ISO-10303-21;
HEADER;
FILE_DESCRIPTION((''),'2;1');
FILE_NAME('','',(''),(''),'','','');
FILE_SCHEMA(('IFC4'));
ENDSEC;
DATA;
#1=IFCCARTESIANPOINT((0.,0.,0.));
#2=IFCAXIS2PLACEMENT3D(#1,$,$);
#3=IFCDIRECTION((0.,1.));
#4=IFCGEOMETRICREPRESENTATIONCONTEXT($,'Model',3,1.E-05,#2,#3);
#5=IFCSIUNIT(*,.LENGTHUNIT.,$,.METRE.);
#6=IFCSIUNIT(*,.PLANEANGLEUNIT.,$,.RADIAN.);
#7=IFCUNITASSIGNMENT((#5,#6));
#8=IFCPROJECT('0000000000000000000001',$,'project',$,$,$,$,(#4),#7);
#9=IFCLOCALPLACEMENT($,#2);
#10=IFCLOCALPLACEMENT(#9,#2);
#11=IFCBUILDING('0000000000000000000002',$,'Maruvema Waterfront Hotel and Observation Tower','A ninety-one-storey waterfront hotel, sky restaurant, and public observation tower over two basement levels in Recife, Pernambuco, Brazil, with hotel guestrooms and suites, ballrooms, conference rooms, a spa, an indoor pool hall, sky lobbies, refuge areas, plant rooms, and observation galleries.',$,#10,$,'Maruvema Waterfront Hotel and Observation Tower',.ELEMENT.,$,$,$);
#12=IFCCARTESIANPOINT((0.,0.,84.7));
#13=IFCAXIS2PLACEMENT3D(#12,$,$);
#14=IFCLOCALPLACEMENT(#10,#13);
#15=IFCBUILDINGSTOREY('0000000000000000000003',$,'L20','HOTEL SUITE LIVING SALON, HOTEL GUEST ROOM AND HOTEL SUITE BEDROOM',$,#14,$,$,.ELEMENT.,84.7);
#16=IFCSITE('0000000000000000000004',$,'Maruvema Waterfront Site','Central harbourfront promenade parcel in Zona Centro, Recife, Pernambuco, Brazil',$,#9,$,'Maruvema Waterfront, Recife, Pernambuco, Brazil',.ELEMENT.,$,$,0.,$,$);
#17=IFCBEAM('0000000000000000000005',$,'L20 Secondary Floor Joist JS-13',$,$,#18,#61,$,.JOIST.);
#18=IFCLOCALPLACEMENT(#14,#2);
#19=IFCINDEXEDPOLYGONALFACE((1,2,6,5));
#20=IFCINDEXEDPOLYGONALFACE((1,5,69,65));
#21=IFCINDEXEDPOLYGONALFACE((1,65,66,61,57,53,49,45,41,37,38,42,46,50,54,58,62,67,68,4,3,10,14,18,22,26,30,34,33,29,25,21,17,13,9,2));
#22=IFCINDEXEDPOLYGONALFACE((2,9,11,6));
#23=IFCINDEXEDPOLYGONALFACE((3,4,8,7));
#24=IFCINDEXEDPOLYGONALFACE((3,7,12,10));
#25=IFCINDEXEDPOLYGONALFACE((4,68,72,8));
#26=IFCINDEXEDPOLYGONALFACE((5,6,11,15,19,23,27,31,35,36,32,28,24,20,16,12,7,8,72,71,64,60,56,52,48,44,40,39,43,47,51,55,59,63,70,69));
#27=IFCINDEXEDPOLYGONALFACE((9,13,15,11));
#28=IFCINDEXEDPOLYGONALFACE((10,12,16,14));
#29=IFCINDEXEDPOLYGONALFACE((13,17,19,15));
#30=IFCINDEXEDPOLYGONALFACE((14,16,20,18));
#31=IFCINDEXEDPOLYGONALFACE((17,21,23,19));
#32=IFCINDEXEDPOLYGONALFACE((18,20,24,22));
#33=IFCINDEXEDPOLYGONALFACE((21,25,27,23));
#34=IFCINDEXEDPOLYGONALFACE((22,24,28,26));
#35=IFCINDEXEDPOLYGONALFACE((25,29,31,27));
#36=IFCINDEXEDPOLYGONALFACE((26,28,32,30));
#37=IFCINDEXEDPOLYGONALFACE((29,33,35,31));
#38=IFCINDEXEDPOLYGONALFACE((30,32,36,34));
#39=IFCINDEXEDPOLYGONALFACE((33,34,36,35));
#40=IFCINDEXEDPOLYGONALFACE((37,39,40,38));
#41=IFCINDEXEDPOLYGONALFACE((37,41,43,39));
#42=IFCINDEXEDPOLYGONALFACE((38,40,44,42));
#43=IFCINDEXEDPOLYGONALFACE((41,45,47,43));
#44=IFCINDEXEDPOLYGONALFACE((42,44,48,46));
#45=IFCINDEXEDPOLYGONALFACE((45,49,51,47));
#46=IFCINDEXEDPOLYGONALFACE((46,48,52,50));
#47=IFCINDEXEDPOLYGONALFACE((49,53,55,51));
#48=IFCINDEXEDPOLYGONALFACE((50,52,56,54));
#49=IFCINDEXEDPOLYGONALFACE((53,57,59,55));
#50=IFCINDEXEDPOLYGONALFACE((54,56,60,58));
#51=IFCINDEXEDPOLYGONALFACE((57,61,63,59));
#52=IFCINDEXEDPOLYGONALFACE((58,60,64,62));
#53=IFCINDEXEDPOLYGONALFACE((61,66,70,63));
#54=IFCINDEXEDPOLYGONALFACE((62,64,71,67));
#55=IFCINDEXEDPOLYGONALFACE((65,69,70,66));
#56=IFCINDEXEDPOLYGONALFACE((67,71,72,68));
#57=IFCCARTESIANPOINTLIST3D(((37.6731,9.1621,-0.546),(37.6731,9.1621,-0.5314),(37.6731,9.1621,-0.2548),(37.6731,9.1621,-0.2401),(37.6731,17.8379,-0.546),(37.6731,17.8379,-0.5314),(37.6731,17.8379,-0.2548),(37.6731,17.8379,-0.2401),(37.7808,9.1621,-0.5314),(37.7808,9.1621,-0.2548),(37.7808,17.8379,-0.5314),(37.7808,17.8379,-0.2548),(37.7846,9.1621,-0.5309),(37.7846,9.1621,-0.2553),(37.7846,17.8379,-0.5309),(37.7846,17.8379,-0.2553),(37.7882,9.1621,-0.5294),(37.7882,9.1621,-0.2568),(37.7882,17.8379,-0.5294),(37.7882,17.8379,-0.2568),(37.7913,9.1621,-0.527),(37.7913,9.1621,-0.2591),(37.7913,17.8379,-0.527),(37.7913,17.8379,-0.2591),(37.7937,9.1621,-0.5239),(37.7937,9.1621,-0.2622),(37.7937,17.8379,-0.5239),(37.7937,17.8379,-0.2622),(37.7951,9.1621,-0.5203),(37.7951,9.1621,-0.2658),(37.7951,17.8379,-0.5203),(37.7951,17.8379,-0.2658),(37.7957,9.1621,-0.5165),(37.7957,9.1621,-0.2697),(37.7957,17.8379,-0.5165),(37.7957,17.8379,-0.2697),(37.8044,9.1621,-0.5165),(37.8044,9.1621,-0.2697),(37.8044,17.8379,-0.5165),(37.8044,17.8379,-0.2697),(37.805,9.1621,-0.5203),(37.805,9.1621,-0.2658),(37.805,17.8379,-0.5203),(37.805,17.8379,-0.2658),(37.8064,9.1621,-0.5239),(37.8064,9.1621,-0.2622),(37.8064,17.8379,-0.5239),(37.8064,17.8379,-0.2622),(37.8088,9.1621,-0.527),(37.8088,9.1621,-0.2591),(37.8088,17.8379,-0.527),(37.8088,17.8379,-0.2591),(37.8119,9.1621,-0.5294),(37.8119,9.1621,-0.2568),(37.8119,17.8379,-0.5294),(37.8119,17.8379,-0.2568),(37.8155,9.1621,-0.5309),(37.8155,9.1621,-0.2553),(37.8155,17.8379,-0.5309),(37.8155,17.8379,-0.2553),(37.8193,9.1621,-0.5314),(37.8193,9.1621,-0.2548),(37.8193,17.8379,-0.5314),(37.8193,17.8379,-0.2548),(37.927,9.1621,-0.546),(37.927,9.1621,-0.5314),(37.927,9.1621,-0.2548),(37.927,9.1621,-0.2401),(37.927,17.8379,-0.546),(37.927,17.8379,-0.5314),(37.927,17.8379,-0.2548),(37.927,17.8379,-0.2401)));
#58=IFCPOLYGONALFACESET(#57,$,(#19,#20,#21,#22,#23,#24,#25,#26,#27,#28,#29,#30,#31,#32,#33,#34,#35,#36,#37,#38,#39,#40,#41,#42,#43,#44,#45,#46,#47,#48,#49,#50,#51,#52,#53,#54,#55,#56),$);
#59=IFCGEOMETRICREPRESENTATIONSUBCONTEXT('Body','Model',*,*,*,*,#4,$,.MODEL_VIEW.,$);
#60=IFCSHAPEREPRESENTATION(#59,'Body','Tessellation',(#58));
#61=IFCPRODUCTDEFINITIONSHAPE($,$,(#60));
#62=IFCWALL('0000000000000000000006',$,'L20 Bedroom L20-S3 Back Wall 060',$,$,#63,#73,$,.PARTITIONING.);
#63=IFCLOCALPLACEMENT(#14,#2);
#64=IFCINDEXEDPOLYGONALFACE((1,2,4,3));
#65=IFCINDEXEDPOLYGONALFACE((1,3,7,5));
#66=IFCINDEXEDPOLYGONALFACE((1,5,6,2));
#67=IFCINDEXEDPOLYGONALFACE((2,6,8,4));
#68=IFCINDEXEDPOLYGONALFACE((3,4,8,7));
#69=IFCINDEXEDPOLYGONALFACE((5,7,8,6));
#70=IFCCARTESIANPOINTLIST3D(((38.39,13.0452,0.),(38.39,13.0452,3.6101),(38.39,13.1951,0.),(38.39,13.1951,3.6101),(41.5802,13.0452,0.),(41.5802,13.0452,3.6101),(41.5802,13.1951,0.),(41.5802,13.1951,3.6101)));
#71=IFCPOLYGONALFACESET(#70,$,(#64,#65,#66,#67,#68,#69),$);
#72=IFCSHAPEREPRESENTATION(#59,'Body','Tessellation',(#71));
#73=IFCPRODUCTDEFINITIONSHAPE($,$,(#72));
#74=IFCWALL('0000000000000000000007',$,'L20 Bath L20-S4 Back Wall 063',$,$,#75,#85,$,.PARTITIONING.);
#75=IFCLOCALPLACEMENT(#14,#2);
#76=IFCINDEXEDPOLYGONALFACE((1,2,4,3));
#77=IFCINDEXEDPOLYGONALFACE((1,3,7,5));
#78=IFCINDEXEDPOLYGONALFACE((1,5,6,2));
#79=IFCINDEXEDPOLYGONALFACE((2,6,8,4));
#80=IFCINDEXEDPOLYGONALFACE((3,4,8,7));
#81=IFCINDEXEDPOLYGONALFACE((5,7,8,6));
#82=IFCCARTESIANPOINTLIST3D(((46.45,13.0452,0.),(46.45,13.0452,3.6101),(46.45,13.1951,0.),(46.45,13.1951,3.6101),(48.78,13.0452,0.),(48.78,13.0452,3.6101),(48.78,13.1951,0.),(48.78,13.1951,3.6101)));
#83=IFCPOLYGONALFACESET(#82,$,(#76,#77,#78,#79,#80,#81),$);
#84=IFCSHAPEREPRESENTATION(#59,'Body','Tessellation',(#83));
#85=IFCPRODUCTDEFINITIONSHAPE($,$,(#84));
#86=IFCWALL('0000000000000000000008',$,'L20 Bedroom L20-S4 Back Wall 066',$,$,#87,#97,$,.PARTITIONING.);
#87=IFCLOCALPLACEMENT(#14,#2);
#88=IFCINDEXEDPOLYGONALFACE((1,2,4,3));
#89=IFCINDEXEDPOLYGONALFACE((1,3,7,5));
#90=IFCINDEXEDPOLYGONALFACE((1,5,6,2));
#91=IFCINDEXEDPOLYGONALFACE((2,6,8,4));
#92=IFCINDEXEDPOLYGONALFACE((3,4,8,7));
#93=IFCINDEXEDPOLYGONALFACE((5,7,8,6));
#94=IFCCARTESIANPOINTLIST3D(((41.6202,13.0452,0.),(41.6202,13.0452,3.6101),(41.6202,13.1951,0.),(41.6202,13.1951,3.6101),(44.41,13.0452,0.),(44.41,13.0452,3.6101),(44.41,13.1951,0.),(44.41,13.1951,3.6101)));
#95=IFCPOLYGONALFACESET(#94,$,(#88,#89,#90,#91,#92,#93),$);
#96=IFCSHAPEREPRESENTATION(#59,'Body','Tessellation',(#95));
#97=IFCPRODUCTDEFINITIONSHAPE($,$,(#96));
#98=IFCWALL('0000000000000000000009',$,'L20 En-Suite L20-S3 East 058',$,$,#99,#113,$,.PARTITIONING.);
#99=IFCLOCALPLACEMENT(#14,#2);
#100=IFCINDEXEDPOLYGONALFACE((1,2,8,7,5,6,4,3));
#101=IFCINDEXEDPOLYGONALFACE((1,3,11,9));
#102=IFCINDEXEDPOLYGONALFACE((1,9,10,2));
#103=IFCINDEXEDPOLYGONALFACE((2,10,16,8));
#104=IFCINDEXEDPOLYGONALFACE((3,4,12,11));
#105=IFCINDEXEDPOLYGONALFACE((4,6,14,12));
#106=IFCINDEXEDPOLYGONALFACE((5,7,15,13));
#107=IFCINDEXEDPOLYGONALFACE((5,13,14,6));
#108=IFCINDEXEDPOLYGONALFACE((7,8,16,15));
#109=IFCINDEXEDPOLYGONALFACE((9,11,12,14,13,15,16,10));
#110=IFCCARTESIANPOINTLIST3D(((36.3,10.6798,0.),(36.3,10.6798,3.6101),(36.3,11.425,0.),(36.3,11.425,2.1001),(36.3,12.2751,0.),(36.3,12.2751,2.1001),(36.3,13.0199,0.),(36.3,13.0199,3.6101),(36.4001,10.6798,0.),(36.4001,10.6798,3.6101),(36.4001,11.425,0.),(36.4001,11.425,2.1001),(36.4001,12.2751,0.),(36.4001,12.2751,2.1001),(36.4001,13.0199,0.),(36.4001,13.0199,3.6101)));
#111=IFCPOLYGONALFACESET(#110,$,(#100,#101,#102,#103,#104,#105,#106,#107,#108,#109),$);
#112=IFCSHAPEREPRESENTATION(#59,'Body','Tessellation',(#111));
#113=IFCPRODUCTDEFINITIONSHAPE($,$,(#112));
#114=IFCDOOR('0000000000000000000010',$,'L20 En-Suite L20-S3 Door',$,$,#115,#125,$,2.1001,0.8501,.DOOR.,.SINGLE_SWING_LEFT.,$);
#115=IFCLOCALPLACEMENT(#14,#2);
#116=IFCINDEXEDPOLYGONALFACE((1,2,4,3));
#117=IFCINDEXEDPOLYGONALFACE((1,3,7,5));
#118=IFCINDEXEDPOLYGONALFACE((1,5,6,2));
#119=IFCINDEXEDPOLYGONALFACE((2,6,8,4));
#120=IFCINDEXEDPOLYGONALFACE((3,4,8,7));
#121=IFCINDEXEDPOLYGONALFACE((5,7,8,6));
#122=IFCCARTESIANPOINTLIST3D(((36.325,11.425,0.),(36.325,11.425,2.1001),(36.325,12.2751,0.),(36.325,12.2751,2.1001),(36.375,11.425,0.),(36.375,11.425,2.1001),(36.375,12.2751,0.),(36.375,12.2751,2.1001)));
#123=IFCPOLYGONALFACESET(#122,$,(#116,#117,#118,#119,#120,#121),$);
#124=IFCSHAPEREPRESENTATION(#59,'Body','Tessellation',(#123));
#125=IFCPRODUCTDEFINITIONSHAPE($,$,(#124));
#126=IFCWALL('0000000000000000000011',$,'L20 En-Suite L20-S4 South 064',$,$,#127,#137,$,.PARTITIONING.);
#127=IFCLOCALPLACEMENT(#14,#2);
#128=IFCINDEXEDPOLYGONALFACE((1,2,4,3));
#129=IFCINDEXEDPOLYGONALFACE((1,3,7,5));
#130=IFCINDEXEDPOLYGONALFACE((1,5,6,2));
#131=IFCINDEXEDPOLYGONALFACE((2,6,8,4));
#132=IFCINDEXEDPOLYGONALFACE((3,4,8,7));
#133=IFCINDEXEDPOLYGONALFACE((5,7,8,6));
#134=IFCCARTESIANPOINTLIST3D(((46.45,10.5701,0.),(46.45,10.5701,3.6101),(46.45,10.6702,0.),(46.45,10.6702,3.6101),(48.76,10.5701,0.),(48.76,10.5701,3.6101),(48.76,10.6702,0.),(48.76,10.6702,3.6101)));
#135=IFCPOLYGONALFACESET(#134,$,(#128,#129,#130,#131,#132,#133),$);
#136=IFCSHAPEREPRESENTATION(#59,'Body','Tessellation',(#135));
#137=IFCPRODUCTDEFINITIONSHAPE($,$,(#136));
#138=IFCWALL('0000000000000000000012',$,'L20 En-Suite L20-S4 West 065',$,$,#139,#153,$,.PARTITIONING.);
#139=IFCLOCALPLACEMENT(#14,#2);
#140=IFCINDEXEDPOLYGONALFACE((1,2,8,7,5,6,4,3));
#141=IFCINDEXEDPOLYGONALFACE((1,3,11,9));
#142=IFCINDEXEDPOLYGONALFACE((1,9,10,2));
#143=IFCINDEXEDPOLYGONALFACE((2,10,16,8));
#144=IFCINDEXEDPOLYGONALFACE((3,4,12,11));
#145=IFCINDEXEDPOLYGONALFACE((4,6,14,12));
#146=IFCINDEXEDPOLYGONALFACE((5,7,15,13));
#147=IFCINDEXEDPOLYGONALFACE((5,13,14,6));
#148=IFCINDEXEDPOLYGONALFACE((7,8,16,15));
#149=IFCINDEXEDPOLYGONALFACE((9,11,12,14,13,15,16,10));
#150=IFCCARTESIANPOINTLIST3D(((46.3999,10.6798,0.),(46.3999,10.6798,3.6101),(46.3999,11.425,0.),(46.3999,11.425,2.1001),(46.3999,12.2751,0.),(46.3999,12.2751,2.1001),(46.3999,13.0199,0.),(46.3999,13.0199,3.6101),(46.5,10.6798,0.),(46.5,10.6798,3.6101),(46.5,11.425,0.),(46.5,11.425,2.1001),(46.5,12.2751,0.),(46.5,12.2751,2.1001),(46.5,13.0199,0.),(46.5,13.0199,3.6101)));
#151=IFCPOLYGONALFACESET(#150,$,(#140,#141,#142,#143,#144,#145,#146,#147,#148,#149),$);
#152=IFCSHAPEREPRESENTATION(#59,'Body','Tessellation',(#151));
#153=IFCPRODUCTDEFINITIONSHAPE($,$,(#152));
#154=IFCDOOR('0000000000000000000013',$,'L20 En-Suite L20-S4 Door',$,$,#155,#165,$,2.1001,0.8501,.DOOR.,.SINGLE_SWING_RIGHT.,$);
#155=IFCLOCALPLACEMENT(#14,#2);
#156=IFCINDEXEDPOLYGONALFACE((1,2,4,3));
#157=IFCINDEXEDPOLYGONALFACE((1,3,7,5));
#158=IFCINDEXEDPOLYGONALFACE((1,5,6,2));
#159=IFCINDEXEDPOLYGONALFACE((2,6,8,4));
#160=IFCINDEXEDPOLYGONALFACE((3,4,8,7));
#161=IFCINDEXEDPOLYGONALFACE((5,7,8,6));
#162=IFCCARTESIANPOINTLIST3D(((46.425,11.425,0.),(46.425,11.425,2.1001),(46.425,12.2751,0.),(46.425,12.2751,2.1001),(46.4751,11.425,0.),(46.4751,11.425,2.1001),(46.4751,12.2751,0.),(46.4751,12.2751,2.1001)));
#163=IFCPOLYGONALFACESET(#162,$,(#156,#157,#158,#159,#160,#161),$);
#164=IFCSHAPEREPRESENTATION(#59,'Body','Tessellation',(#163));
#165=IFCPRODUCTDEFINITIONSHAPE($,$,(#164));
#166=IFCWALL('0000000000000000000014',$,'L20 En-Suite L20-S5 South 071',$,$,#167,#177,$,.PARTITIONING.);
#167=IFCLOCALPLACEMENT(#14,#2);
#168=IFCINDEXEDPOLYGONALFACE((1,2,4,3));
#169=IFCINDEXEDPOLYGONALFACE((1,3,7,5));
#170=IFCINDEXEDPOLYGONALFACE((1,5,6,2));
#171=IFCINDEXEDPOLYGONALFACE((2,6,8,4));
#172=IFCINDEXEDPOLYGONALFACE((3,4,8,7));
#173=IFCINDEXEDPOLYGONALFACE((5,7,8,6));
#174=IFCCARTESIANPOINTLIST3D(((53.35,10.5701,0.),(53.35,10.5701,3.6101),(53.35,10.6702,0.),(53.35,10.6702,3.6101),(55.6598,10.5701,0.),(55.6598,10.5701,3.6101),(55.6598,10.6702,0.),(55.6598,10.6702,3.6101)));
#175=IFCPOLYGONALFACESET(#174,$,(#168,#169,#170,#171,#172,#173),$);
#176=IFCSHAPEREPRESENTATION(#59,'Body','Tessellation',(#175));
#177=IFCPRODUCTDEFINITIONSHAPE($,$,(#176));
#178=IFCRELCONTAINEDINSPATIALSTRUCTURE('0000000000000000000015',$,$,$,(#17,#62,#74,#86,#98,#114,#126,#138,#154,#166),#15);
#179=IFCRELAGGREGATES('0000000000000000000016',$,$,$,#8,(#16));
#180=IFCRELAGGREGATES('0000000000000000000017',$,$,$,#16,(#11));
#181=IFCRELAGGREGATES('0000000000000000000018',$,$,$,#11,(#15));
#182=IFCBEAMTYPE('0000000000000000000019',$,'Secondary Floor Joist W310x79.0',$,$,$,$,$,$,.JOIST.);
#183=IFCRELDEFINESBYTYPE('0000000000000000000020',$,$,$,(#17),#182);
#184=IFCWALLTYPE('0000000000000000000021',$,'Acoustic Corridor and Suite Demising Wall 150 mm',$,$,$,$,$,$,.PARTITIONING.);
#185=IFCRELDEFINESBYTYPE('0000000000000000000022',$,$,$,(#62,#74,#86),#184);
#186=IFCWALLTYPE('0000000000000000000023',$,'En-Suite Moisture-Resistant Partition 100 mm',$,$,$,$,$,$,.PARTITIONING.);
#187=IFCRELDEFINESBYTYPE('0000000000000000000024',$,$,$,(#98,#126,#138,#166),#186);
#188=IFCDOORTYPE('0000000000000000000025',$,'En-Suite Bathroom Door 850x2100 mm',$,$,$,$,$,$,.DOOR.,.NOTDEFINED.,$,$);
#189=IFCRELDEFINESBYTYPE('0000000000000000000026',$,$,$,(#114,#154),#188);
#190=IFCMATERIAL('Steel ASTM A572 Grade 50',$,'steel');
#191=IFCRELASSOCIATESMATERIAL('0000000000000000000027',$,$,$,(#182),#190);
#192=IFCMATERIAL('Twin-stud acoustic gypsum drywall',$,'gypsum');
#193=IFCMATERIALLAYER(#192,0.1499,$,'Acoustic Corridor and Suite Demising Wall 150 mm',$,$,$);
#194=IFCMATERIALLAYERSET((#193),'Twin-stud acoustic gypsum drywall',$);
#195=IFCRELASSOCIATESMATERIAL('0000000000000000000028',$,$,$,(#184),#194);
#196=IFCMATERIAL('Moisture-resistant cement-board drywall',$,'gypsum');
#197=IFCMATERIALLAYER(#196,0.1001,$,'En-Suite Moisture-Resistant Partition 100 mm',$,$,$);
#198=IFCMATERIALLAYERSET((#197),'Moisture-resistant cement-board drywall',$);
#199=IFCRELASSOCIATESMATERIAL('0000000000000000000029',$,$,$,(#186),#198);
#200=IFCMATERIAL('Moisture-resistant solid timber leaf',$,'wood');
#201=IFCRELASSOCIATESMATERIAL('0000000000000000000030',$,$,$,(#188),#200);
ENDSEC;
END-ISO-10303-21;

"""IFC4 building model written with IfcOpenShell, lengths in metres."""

from ifc_helpers import new_model, si_unit, direction, frame, frame_2d, origin, origin_2d, place, context, subcontext, project, spatial, rectangle, i_section, extrude, material, layer, layer_set, material_profile, profile_set, type_object, element, fill, save


model = new_model("IFC4")

# Units and contexts
model_context = context("Model", 3, precision=1e-05, world=origin(), true_north=direction((0.0, 1.0)))
body_context = subcontext(model_context, "Body", "Model", "MODEL_VIEW")
ifc_project = project(units=[si_unit("LENGTHUNIT", "METRE"), si_unit("PLANEANGLEUNIT", "RADIAN")], contexts=[model_context])

# Site, building, storey
site_placement = place(None, origin())
site = spatial("IfcSite", under=ifc_project, at=site_placement, Name="Maruvema Waterfront Site", Description="Central harbourfront promenade parcel in Zona Centro, Recife, Pernambuco, Brazil", LongName="Maruvema Waterfront, Recife, Pernambuco, Brazil", CompositionType="ELEMENT", RefElevation=0.0)
building_placement = place(site_placement, origin())
building = spatial("IfcBuilding", under=site, at=building_placement, Name="Maruvema Waterfront Hotel and Observation Tower", Description="A ninety-one-storey waterfront hotel, sky restaurant, and public observation tower over two basement levels in Recife, Pernambuco, Brazil, with hotel guestrooms and suites, ballrooms, conference rooms, a spa, an indoor pool hall, sky lobbies, refuge areas, plant rooms, and observation galleries.", LongName="Maruvema Waterfront Hotel and Observation Tower", CompositionType="ELEMENT")
storey_placement = place(building_placement, frame((0.0, 0.0, 84.7)))
storey = spatial("IfcBuildingStorey", under=building, at=storey_placement, Name="L20", Description="HOTEL SUITE LIVING SALON, HOTEL GUEST ROOM AND HOTEL SUITE BEDROOM", CompositionType="ELEMENT", Elevation=84.7)

# Beam
ifc_material_1 = material(Name="Steel ASTM A572 Grade 50", Category="steel")
ifc_material_profile_1 = material_profile(ifc_material_1, i_section(OverallWidth=0.2539, OverallDepth=0.3059, WebThickness=0.0088, FlangeThickness=0.0146, FilletRadius=0.0149, at=origin_2d()), Name="W310x79.0")
ifc_profile_set_1 = profile_set([ifc_material_profile_1], Name="Steel ASTM A572 Grade 50")
beam_type_1 = type_object("IfcBeamType", Name="Secondary Floor Joist W310x79.0", PredefinedType="JOIST", material=ifc_profile_set_1)
beam_1_placement = place(storey_placement, frame((37.8, 9.1621, -0.3931), z_axis=(0.0, 1.0, 0.0), x_axis=(-1.0, 0.0, 0.0)))
element("IfcBeam", 1, at=beam_1_placement, inside=storey, type_object=beam_type_1, Name="L20 Secondary Floor Joist JS-13", PredefinedType="JOIST", context=body_context, shape_type="SweptSolid", body=[
    extrude(i_section(OverallWidth=0.2539, OverallDepth=0.3059, WebThickness=0.0088, FlangeThickness=0.0146, FilletRadius=0.0149, at=origin_2d()), origin(), (0.0, 0.0, 1.0), 8.6758),
])

# Shared definitions
ifc_material_2 = material(Name="Twin-stud acoustic gypsum drywall", Category="gypsum")
ifc_layer_1 = layer(ifc_material_2, 0.1499, Name="Acoustic Corridor and Suite Demising Wall 150 mm")
ifc_layer_set_1 = layer_set([ifc_layer_1], Name="Twin-stud acoustic gypsum drywall")
wall_type_1 = type_object("IfcWallType", Name="Acoustic Corridor and Suite Demising Wall 150 mm", PredefinedType="PARTITIONING", material=ifc_layer_set_1)

# Walls
wall_1_placement = place(storey_placement, frame((38.3899, 13.1201, 0.0), z_axis=(0.0, 0.0, 1.0), x_axis=(1.0, 0.0, 0.0)))
element("IfcWall", 2, at=wall_1_placement, inside=storey, type_object=wall_type_1, Name="L20 Bedroom L20-S3 Back Wall 060", PredefinedType="PARTITIONING", context=body_context, shape_type="SweptSolid", body=[
    extrude(rectangle(XDim=3.1902, YDim=0.1499, at=frame_2d((1.5952, 0.0))), origin(), (0.0, 0.0, 1.0), 3.6101),
])
wall_2_placement = place(storey_placement, frame((46.45, 13.1201, 0.0), z_axis=(0.0, 0.0, 1.0), x_axis=(1.0, 0.0, 0.0)))
element("IfcWall", 3, at=wall_2_placement, inside=storey, type_object=wall_type_1, Name="L20 Bath L20-S4 Back Wall 063", PredefinedType="PARTITIONING", context=body_context, shape_type="SweptSolid", body=[
    extrude(rectangle(XDim=2.3301, YDim=0.1499, at=frame_2d((1.165, 0.0))), origin(), (0.0, 0.0, 1.0), 3.6101),
])
wall_3_placement = place(storey_placement, frame((41.6201, 13.1201, 0.0), z_axis=(0.0, 0.0, 1.0), x_axis=(1.0, 0.0, 0.0)))
element("IfcWall", 4, at=wall_3_placement, inside=storey, type_object=wall_type_1, Name="L20 Bedroom L20-S4 Back Wall 066", PredefinedType="PARTITIONING", context=body_context, shape_type="SweptSolid", body=[
    extrude(rectangle(XDim=2.7898, YDim=0.1499, at=frame_2d((1.395, 0.0))), origin(), (0.0, 0.0, 1.0), 3.6101),
])

# Wall, opening, door
ifc_material_3 = material(Name="Moisture-resistant cement-board drywall", Category="gypsum")
ifc_layer_2 = layer(ifc_material_3, 0.1001, Name="En-Suite Moisture-Resistant Partition 100 mm")
ifc_layer_set_2 = layer_set([ifc_layer_2], Name="Moisture-resistant cement-board drywall")
wall_type_2 = type_object("IfcWallType", Name="En-Suite Moisture-Resistant Partition 100 mm", PredefinedType="PARTITIONING", material=ifc_layer_set_2)
wall_4_placement = place(storey_placement, frame((36.3501, 10.6799, 0.0), z_axis=(0.0, 0.0, 1.0), x_axis=(0.0, 1.0, 0.0)))
wall_4 = element("IfcWall", 5, at=wall_4_placement, inside=storey, type_object=wall_type_2, Name="L20 En-Suite L20-S3 East 058", PredefinedType="PARTITIONING", context=body_context, shape_type="SweptSolid", body=[
    extrude(rectangle(XDim=2.3401, YDim=0.1001, at=frame_2d((1.1699, 0.0))), origin(), (0.0, 0.0, 1.0), 3.6101),
])
opening_1_placement = place(wall_4_placement, frame((0.7451, 0.0, 0.0)))
opening_1 = element("IfcOpeningElement", 6, at=opening_1_placement, cuts=wall_4, PredefinedType="OPENING", context=body_context, shape_type="SweptSolid", body=[
    extrude(rectangle(XDim=0.8501, YDim=2.1001, at=frame_2d((0.425, 1.05))), frame((0.0, 0.0601, 0.0), z_axis=(0.0, -1.0, 0.0), x_axis=(1.0, 0.0, 0.0)), (0.0, 0.0, 1.0), 0.1201),
])
ifc_material_4 = material(Name="Moisture-resistant solid timber leaf", Category="wood")
door_type_1 = type_object("IfcDoorType", Name="En-Suite Bathroom Door 850x2100 mm", OperationType="NOTDEFINED", PredefinedType="DOOR", material=ifc_material_4)
door_1_placement = place(opening_1_placement, frame((0.8501, 0.0, 0.0), z_axis=(0.0, 0.0, 1.0), x_axis=(-1.0, 0.0, 0.0)))
door_1 = element("IfcDoor", 7, at=door_1_placement, inside=storey, type_object=door_type_1, Name="L20 En-Suite L20-S3 Door", OperationType="SINGLE_SWING_LEFT", OverallHeight=2.1001, OverallWidth=0.8501, PredefinedType="DOOR", context=body_context, shape_type="SweptSolid", body=[
    extrude(rectangle(XDim=0.8501, YDim=2.1001, at=frame_2d((0.425, 1.05))), frame((0.0, 0.0249, 0.0), z_axis=(0.0, -1.0, 0.0), x_axis=(1.0, 0.0, 0.0)), (0.0, 0.0, 1.0), 0.05),
])
fill(opening_1, door_1)

# Wall
wall_5_placement = place(storey_placement, frame((46.45, 10.6201, 0.0), z_axis=(0.0, 0.0, 1.0), x_axis=(1.0, 0.0, 0.0)))
element("IfcWall", 8, at=wall_5_placement, inside=storey, type_object=wall_type_2, Name="L20 En-Suite L20-S4 South 064", PredefinedType="PARTITIONING", context=body_context, shape_type="SweptSolid", body=[
    extrude(rectangle(XDim=2.3101, YDim=0.1001, at=frame_2d((1.155, 0.0))), origin(), (0.0, 0.0, 1.0), 3.6101),
])

# Wall, opening, door
wall_6_placement = place(storey_placement, frame((46.45, 10.6799, 0.0), z_axis=(0.0, 0.0, 1.0), x_axis=(0.0, 1.0, 0.0)))
wall_6 = element("IfcWall", 9, at=wall_6_placement, inside=storey, type_object=wall_type_2, Name="L20 En-Suite L20-S4 West 065", PredefinedType="PARTITIONING", context=body_context, shape_type="SweptSolid", body=[
    extrude(rectangle(XDim=2.3401, YDim=0.1001, at=frame_2d((1.1699, 0.0))), origin(), (0.0, 0.0, 1.0), 3.6101),
])
opening_2_placement = place(wall_6_placement, frame((0.7451, 0.0, 0.0)))
opening_2 = element("IfcOpeningElement", 10, at=opening_2_placement, cuts=wall_6, PredefinedType="OPENING", context=body_context, shape_type="SweptSolid", body=[
    extrude(rectangle(XDim=0.8501, YDim=2.1001, at=frame_2d((0.425, 1.05))), frame((0.0, 0.0601, 0.0), z_axis=(0.0, -1.0, 0.0), x_axis=(1.0, 0.0, 0.0)), (0.0, 0.0, 1.0), 0.1201),
])
door_2_placement = place(opening_2_placement, origin())
door_2 = element("IfcDoor", 11, at=door_2_placement, inside=storey, type_object=door_type_1, Name="L20 En-Suite L20-S4 Door", OperationType="SINGLE_SWING_RIGHT", OverallHeight=2.1001, OverallWidth=0.8501, PredefinedType="DOOR", context=body_context, shape_type="SweptSolid", body=[
    extrude(rectangle(XDim=0.8501, YDim=2.1001, at=frame_2d((0.425, 1.05))), frame((0.0, 0.0249, 0.0), z_axis=(0.0, -1.0, 0.0), x_axis=(1.0, 0.0, 0.0)), (0.0, 0.0, 1.0), 0.05),
])
fill(opening_2, door_2)

# Wall
wall_7_placement = place(storey_placement, frame((53.3501, 10.6201, 0.0), z_axis=(0.0, 0.0, 1.0), x_axis=(1.0, 0.0, 0.0)))
element("IfcWall", 12, at=wall_7_placement, inside=storey, type_object=wall_type_2, Name="L20 En-Suite L20-S5 South 071", PredefinedType="PARTITIONING", context=body_context, shape_type="SweptSolid", body=[
    extrude(rectangle(XDim=2.3098, YDim=0.1001, at=frame_2d((1.1548, 0.0))), origin(), (0.0, 0.0, 1.0), 3.6101),
])

save(model, "model.ifc")
